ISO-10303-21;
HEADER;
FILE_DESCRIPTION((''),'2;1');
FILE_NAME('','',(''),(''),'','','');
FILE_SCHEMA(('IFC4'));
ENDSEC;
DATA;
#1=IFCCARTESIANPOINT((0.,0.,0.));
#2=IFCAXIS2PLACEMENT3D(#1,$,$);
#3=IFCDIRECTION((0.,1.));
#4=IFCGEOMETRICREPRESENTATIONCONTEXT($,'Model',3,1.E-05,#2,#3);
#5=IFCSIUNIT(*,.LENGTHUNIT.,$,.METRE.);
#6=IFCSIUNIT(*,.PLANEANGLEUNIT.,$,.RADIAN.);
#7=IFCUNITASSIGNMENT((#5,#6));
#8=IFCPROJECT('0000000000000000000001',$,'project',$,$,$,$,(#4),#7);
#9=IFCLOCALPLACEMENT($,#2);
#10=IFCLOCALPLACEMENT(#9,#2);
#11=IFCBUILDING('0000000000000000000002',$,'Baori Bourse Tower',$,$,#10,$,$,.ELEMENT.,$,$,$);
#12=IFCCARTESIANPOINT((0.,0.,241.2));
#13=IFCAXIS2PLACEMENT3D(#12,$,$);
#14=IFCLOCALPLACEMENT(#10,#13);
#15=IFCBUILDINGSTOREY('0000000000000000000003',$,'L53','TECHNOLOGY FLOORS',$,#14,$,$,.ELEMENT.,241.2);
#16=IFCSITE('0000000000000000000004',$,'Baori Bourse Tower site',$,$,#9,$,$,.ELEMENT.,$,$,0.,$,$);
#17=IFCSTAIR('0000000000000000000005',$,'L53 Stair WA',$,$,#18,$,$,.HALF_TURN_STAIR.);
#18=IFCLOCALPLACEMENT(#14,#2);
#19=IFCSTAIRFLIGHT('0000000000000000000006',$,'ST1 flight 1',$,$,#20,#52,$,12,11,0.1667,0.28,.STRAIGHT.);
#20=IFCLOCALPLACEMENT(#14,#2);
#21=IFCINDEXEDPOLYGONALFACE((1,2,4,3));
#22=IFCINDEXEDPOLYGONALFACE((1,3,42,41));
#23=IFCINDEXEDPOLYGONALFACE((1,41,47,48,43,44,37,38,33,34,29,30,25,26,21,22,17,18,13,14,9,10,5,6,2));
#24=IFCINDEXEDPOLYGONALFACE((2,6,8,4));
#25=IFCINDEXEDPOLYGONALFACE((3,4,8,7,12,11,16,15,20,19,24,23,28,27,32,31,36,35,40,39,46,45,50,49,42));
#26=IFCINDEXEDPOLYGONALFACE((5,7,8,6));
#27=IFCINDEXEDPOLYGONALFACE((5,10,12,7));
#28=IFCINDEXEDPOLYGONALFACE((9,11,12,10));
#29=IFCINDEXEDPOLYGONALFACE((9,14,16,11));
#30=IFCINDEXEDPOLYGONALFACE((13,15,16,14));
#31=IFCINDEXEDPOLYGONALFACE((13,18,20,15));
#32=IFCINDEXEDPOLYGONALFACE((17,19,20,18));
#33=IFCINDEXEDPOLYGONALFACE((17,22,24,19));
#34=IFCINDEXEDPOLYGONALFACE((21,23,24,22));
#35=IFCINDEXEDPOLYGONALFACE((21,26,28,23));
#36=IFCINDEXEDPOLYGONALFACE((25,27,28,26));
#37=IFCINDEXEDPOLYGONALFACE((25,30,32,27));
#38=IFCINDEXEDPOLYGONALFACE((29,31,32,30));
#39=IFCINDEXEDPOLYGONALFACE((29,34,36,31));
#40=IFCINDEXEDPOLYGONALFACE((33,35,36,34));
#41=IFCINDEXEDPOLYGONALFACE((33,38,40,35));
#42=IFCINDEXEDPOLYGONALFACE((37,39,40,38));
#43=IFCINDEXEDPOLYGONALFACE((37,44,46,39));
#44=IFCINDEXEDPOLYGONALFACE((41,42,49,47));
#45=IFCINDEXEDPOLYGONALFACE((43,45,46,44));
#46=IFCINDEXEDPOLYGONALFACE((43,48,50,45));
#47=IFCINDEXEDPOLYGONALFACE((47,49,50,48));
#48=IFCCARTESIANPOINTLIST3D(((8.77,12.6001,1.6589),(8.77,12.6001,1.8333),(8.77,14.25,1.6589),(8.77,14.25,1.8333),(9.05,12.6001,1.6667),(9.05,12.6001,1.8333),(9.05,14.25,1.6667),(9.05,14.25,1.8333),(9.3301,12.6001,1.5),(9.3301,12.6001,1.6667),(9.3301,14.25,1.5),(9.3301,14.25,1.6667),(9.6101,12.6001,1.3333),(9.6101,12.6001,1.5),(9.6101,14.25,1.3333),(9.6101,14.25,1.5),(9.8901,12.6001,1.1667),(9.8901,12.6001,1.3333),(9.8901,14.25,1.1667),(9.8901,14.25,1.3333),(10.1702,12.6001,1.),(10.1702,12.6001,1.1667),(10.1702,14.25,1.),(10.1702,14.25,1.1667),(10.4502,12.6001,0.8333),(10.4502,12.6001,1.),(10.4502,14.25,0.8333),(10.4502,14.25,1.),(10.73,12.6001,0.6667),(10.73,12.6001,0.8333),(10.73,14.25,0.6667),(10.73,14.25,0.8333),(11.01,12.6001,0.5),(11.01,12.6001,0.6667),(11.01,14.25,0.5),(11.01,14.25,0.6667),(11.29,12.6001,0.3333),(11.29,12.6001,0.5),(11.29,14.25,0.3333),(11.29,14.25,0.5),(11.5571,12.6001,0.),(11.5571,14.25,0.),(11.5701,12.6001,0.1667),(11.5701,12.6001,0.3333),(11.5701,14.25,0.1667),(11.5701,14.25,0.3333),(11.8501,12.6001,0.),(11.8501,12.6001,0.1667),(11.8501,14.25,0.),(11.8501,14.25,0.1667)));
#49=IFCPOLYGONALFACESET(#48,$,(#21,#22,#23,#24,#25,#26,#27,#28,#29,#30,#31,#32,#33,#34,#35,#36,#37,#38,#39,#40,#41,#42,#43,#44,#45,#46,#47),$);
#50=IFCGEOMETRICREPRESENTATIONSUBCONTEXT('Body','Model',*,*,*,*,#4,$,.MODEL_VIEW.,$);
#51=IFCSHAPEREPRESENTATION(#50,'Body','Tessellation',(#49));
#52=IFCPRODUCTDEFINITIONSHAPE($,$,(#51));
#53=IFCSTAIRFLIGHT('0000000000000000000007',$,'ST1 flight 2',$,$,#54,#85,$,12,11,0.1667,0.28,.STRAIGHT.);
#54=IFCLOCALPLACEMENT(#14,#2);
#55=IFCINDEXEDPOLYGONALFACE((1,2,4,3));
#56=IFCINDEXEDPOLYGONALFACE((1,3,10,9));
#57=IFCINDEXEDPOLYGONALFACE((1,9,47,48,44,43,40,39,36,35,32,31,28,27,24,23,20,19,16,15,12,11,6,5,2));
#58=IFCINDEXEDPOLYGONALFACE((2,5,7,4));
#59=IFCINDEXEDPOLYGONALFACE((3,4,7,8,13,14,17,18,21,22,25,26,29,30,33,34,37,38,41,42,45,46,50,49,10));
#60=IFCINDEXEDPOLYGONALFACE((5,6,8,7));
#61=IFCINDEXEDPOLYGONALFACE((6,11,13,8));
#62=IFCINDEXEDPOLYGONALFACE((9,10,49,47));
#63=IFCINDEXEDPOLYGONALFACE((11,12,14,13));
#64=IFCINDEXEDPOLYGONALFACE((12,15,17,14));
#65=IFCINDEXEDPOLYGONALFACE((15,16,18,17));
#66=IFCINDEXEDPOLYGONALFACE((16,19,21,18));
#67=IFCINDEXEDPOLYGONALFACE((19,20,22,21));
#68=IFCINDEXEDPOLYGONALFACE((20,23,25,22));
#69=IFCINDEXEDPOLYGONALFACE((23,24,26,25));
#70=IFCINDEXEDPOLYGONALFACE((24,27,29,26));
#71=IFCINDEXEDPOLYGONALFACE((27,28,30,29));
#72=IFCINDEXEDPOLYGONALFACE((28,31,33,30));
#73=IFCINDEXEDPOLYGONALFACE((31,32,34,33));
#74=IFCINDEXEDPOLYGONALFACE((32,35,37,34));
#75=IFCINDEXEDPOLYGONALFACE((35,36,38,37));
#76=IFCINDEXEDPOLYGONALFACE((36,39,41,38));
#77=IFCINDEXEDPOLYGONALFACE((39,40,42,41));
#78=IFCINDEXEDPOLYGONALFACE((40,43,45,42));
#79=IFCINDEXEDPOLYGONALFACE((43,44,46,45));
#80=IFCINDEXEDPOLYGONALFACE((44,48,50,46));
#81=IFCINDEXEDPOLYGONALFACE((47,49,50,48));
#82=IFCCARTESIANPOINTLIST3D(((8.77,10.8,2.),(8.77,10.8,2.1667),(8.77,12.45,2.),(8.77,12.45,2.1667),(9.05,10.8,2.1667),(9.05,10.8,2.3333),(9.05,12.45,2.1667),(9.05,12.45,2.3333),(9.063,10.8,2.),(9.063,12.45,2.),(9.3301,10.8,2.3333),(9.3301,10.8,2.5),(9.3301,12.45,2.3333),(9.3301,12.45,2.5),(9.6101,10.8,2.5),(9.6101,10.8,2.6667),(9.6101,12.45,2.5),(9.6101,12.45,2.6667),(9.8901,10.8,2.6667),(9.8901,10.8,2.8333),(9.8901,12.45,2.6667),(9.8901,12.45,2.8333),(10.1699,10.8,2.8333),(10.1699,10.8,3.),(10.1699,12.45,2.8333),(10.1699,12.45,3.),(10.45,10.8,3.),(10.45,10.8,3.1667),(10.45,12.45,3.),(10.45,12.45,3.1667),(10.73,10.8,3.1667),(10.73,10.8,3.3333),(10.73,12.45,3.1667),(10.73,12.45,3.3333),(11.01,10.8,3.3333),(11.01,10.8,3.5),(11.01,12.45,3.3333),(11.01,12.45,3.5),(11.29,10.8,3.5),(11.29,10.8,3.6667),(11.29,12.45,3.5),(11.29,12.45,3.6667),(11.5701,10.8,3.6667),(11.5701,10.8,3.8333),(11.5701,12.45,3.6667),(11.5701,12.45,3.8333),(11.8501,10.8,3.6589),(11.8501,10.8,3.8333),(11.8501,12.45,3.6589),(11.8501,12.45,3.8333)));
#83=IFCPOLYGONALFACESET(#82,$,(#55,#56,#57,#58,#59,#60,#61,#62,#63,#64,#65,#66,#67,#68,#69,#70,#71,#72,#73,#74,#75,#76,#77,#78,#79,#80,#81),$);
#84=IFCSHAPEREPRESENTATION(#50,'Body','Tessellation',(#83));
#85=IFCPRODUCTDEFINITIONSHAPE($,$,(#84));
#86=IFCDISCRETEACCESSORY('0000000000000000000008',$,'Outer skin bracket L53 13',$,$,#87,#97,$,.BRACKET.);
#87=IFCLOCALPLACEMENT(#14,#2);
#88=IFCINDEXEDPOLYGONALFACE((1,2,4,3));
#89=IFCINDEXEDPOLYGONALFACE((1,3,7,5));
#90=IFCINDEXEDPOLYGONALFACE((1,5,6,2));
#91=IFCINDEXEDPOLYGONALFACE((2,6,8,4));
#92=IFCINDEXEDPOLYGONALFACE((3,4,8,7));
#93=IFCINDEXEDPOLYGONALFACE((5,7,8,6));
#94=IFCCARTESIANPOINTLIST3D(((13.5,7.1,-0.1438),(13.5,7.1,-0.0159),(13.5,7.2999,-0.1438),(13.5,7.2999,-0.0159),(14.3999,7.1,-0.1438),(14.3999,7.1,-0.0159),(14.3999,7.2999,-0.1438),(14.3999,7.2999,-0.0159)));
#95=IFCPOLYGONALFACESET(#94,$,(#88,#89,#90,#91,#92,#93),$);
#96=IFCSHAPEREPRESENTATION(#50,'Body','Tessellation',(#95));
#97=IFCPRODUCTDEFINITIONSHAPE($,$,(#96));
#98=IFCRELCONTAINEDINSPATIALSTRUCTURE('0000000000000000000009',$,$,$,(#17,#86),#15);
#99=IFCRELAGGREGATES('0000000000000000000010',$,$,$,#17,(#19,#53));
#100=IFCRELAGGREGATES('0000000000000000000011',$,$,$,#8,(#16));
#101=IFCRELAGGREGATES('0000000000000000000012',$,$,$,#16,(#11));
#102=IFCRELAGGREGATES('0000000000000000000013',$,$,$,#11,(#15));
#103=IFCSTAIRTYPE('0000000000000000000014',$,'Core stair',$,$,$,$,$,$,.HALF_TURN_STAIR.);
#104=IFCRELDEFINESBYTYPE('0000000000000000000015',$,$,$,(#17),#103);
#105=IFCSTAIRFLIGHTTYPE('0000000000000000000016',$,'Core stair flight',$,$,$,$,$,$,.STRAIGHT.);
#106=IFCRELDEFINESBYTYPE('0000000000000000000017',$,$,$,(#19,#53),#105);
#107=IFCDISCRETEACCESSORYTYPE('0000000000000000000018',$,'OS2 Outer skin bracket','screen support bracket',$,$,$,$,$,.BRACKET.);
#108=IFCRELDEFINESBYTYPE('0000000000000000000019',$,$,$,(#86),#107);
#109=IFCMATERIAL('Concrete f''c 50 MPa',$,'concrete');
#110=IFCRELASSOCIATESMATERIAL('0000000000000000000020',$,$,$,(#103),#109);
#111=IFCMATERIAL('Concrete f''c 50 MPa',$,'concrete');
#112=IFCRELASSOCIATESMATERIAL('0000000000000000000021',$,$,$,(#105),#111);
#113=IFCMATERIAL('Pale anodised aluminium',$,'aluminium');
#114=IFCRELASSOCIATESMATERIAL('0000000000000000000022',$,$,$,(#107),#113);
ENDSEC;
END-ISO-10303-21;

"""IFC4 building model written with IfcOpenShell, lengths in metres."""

from ifc_helpers import new_model, si_unit, direction, frame, origin, origin_2d, place, context, subcontext, project, spatial, polyline, rectangle, outline, extrude, material, type_object, element, aggregate, save


model = new_model("IFC4")

# Units and contexts
model_context = context("Model", 3, precision=1e-05, world=origin(), true_north=direction((0.0, 1.0)))
body_context = subcontext(model_context, "Body", "Model", "MODEL_VIEW")
ifc_project = project(units=[si_unit("LENGTHUNIT", "METRE"), si_unit("PLANEANGLEUNIT", "RADIAN")], contexts=[model_context])

# Site, building, storey
site_placement = place(None, origin())
site = spatial("IfcSite", under=ifc_project, at=site_placement, Name="Baori Bourse Tower site", CompositionType="ELEMENT", RefElevation=0.0)
building_placement = place(site_placement, origin())
building = spatial("IfcBuilding", under=site, at=building_placement, Name="Baori Bourse Tower", CompositionType="ELEMENT")
storey_placement = place(building_placement, frame((0.0, 0.0, 241.2)))
storey = spatial("IfcBuildingStorey", under=building, at=storey_placement, Name="L53", Description="TECHNOLOGY FLOORS", CompositionType="ELEMENT", Elevation=241.2)

# Stair, stair flights
ifc_material_1 = material(Name="Concrete f'c 50 MPa", Category="concrete")
stair_type = type_object("IfcStairType", Name="Core stair", PredefinedType="HALF_TURN_STAIR", material=ifc_material_1)
stair_placement = place(storey_placement, origin())
stair = element("IfcStair", 1, at=stair_placement, inside=storey, type_object=stair_type, Name="L53 Stair WA", PredefinedType="HALF_TURN_STAIR")
ifc_material_2 = material(Name="Concrete f'c 50 MPa", Category="concrete")
stair_flight_type = type_object("IfcStairFlightType", Name="Core stair flight", PredefinedType="STRAIGHT", material=ifc_material_2)
stair_flight_1_placement = place(storey_placement, frame((11.8501, 13.425, 0.0), z_axis=(0.0, 0.0, 1.0), x_axis=(-1.0, 0.0, 0.0)))
stair_flight_1 = element("IfcStairFlight", 2, at=stair_flight_1_placement, type_object=stair_flight_type, Name="ST1 flight 1", NumberOfRisers=12, NumberOfTreads=11, PredefinedType="STRAIGHT", RiserHeight=0.1667, TreadLength=0.28, context=body_context, shape_type="SweptSolid", body=[
    extrude(outline(polyline([(0.0, 0.0), (0.0, 0.1667), (0.28, 0.1667), (0.28, 0.3333), (0.5601, 0.3333), (0.5601, 0.5), (0.8401, 0.5), (0.8401, 0.6667), (1.1201, 0.6667), (1.1201, 0.8333), (1.3999, 0.8333), (1.3999, 1.0), (1.6799, 1.0), (1.6799, 1.1667), (1.96, 1.1667), (1.96, 1.3333), (2.24, 1.3333), (2.24, 1.5), (2.52, 1.5), (2.52, 1.6667), (2.8, 1.6667), (2.8, 1.8333), (3.0801, 1.8333), (3.0801, 2.0), (3.0801, 1.6589), (0.293, 0.0), (0.0, 0.0)])), frame((0.0, 0.825, 0.0), z_axis=(0.0, -1.0, 0.0), x_axis=(1.0, 0.0, 0.0)), (0.0, 0.0, 1.0), 1.6499),
])
stair_flight_2_placement = place(storey_placement, frame((8.77, 11.625, 2.0), z_axis=(0.0, 0.0, 1.0), x_axis=(1.0, 0.0, 0.0)))
stair_flight_2 = element("IfcStairFlight", 3, at=stair_flight_2_placement, type_object=stair_flight_type, Name="ST1 flight 2", NumberOfRisers=12, NumberOfTreads=11, PredefinedType="STRAIGHT", RiserHeight=0.1667, TreadLength=0.28, context=body_context, shape_type="SweptSolid", body=[
    extrude(outline(polyline([(0.0, 0.0), (0.0, 0.1667), (0.28, 0.1667), (0.28, 0.3333), (0.5601, 0.3333), (0.5601, 0.5), (0.8401, 0.5), (0.8401, 0.6667), (1.1201, 0.6667), (1.1201, 0.8333), (1.3999, 0.8333), (1.3999, 1.0), (1.6799, 1.0), (1.6799, 1.1667), (1.96, 1.1667), (1.96, 1.3333), (2.24, 1.3333), (2.24, 1.5), (2.52, 1.5), (2.52, 1.6667), (2.8, 1.6667), (2.8, 1.8333), (3.0801, 1.8333), (3.0801, 2.0), (3.0801, 1.6589), (0.293, 0.0), (0.0, 0.0)])), frame((0.0, 0.825, 0.0), z_axis=(0.0, -1.0, 0.0), x_axis=(1.0, 0.0, 0.0)), (0.0, 0.0, 1.0), 1.6499),
])
aggregate(stair, [stair_flight_1, stair_flight_2])

# Discrete accessory
ifc_material_3 = material(Name="Pale anodised aluminium", Category="aluminium")
discrete_accessory_type = type_object("IfcDiscreteAccessoryType", Name="OS2 Outer skin bracket", Description="screen support bracket", PredefinedType="BRACKET", material=ifc_material_3)
discrete_accessory_placement = place(storey_placement, frame((13.95, 7.2, -0.1438), z_axis=(0.0, 0.0, 1.0), x_axis=(0.0, -1.0, 0.0)))
element("IfcDiscreteAccessory", 4, at=discrete_accessory_placement, inside=storey, type_object=discrete_accessory_type, Name="Outer skin bracket L53 13", PredefinedType="BRACKET", context=body_context, shape_type="SweptSolid", body=[
    extrude(rectangle(XDim=0.2, YDim=0.8999, at=origin_2d()), origin(), (0.0, 0.0, 1.0), 0.1279),
])

save(model, "model.ifc")
